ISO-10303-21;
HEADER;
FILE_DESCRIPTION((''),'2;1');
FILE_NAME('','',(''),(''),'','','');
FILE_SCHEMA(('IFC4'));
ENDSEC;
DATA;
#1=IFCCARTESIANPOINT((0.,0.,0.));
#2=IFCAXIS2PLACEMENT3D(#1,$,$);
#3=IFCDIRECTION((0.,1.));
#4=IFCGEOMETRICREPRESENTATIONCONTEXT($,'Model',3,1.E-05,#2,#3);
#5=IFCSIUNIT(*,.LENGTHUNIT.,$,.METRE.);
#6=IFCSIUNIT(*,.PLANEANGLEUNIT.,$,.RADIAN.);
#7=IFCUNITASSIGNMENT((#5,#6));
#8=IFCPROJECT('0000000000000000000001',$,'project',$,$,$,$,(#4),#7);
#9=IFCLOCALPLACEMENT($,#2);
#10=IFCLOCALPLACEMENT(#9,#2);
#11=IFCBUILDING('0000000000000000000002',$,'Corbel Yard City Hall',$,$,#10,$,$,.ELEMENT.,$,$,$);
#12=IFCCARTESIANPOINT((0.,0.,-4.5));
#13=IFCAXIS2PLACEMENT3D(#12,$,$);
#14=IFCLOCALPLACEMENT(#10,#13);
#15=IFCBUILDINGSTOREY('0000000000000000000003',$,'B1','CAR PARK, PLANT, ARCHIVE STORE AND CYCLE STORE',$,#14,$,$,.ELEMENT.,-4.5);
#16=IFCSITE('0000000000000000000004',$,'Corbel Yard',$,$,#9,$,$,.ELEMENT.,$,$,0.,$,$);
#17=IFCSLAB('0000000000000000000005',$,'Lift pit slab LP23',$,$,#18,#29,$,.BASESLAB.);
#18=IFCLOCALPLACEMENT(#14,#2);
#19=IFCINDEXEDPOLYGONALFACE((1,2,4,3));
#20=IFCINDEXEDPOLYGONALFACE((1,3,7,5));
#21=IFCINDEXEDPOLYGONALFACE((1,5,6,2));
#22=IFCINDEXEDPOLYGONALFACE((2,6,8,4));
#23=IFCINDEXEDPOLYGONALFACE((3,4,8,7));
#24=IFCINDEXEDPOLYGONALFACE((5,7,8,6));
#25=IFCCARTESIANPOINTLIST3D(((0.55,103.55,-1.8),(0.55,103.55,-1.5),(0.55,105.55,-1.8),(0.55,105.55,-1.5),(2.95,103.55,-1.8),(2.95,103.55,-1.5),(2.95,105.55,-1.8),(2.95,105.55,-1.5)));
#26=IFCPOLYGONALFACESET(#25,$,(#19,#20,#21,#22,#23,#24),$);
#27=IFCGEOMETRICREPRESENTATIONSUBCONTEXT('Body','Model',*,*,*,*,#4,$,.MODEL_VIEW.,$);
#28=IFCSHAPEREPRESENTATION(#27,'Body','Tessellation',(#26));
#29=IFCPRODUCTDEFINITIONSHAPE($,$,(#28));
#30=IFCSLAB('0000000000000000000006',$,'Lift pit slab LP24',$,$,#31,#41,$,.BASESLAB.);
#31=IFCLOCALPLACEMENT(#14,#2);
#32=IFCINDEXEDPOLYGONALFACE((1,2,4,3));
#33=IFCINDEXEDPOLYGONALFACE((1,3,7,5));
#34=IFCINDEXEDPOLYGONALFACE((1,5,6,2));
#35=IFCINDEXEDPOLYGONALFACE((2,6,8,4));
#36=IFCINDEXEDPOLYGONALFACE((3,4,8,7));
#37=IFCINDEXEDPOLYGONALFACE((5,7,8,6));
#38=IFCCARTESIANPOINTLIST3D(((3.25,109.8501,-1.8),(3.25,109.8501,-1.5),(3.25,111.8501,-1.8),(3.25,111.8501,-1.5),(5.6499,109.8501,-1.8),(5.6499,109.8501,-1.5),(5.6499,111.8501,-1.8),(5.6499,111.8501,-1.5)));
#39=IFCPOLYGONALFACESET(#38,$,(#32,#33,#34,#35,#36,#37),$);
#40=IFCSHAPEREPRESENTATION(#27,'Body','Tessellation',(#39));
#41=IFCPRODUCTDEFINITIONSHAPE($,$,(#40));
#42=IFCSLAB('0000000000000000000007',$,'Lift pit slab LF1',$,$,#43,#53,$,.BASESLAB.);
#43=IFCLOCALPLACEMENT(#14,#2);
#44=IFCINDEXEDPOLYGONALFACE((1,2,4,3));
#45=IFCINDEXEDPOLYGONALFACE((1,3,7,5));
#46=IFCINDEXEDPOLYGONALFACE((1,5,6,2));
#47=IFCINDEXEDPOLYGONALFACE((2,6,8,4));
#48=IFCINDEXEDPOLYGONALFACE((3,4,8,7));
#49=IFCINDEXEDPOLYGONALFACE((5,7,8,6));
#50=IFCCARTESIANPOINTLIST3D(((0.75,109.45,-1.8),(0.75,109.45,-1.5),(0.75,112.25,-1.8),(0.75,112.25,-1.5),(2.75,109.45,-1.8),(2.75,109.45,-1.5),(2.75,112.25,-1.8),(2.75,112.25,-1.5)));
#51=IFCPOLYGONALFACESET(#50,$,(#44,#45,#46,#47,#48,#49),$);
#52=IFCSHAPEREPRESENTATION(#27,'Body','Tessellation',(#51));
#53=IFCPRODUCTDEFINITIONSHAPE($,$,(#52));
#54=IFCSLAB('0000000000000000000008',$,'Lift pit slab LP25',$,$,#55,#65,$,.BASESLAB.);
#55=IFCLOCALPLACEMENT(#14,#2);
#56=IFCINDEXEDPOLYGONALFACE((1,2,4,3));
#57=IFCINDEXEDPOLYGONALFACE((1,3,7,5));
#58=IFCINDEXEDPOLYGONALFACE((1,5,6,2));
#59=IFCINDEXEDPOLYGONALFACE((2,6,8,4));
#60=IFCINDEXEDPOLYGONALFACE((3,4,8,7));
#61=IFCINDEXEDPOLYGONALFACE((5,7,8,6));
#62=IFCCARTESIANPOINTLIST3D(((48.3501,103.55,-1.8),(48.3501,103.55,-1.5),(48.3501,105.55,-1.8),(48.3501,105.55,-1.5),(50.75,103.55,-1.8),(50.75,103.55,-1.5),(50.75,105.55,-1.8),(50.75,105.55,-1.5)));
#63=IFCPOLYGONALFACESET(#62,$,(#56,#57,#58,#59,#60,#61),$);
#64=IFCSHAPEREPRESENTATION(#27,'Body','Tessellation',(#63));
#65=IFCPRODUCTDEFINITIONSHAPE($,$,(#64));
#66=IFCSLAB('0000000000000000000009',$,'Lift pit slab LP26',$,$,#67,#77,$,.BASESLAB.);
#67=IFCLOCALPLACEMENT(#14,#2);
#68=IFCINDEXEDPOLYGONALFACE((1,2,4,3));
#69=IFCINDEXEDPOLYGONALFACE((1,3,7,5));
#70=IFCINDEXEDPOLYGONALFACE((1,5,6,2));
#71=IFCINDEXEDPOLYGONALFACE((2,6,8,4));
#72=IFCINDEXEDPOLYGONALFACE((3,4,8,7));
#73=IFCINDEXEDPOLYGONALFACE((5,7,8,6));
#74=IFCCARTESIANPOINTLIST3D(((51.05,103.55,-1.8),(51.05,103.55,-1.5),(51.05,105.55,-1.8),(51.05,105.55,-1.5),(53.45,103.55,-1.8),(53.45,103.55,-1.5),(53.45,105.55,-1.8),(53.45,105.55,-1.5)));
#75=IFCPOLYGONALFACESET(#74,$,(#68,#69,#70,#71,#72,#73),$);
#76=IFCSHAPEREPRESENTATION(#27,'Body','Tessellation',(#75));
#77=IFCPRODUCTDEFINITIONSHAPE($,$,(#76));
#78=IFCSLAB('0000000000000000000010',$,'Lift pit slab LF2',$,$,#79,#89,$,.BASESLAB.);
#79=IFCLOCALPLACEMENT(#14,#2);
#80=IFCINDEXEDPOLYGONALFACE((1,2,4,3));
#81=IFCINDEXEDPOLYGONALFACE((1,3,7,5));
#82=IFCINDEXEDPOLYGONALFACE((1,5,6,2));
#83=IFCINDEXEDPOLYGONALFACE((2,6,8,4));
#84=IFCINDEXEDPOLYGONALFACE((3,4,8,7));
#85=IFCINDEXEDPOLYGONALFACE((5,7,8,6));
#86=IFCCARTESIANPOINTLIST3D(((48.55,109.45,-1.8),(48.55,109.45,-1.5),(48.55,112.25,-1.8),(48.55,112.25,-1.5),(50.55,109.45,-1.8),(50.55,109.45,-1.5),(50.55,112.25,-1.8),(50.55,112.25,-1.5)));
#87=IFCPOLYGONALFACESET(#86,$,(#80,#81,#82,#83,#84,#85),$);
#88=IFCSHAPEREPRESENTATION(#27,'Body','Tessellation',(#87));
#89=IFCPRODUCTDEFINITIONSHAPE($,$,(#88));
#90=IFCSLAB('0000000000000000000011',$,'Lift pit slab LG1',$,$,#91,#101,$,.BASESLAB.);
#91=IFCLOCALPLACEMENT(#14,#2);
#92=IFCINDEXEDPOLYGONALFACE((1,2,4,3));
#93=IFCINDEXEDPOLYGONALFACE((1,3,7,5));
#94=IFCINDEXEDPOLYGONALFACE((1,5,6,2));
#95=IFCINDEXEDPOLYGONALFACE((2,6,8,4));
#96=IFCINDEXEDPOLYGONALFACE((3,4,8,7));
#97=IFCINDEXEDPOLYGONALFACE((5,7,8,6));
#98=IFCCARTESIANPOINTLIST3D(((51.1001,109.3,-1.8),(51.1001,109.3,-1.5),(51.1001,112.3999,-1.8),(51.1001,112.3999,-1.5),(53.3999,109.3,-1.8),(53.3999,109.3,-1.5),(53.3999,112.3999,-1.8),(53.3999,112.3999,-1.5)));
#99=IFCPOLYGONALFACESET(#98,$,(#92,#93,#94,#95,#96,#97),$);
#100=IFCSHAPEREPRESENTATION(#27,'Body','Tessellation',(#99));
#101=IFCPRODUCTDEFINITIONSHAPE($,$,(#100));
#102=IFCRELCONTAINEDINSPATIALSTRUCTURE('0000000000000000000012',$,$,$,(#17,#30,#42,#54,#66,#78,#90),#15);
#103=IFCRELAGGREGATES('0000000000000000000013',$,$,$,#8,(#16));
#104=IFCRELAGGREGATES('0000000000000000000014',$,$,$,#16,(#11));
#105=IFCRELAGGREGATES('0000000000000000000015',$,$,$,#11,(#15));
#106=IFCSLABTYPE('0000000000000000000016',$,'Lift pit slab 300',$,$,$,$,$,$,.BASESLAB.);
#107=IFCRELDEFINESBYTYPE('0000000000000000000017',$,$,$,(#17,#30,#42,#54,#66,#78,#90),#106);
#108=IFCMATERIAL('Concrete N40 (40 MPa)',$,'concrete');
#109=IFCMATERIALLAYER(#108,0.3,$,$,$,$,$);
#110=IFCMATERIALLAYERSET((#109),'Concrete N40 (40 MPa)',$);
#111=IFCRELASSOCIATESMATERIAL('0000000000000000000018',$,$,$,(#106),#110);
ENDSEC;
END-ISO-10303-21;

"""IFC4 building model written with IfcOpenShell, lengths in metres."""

from ifc_helpers import new_model, si_unit, direction, frame, origin, place, context, subcontext, project, spatial, polyline, outline, extrude, material, layer, layer_set, type_object, element, save


model = new_model("IFC4")

# Units and contexts
model_context = context("Model", 3, precision=1e-05, world=origin(), true_north=direction((0.0, 1.0)))
body_context = subcontext(model_context, "Body", "Model", "MODEL_VIEW")
ifc_project = project(units=[si_unit("LENGTHUNIT", "METRE"), si_unit("PLANEANGLEUNIT", "RADIAN")], contexts=[model_context])

# Site, building, storey
site_placement = place(None, origin())
site = spatial("IfcSite", under=ifc_project, at=site_placement, Name="Corbel Yard", CompositionType="ELEMENT", RefElevation=0.0)
building_placement = place(site_placement, origin())
building = spatial("IfcBuilding", under=site, at=building_placement, Name="Corbel Yard City Hall", CompositionType="ELEMENT")
storey_placement = place(building_placement, frame((0.0, 0.0, -4.5)))
storey = spatial("IfcBuildingStorey", under=building, at=storey_placement, Name="B1", Description="CAR PARK, PLANT, ARCHIVE STORE AND CYCLE STORE", CompositionType="ELEMENT", Elevation=-4.5)

# Shared definitions
ifc_material = material(Name="Concrete N40 (40 MPa)", Category="concrete")

# Slabs
ifc_layer_1 = layer(ifc_material, 0.3)
ifc_layer_set_1 = layer_set([ifc_layer_1], Name="Concrete N40 (40 MPa)")
slab_type_1 = type_object("IfcSlabType", Name="Lift pit slab 300", PredefinedType="BASESLAB", material=ifc_layer_set_1)
slab_1_placement = place(storey_placement, frame((0.0, 0.0, -1.8)))
element("IfcSlab", 1, at=slab_1_placement, inside=storey, type_object=slab_type_1, Name="Lift pit slab LP23", PredefinedType="BASESLAB", context=body_context, shape_type="SweptSolid", body=[
    extrude(outline(polyline([(2.95, 103.55), (2.95, 105.55), (0.55, 105.55), (0.55, 103.55), (2.95, 103.55)])), origin(), (0.0, 0.0, 1.0), 0.3),
])
slab_2_placement = place(storey_placement, frame((0.0, 0.0, -1.8)))
element("IfcSlab", 2, at=slab_2_placement, inside=storey, type_object=slab_type_1, Name="Lift pit slab LP24", PredefinedType="BASESLAB", context=body_context, shape_type="SweptSolid", body=[
    extrude(outline(polyline([(5.6499, 109.8501), (5.6499, 111.8501), (3.25, 111.8501), (3.25, 109.8501), (5.6499, 109.8501)])), origin(), (0.0, 0.0, 1.0), 0.3),
])
slab_3_placement = place(storey_placement, frame((0.0, 0.0, -1.8)))
element("IfcSlab", 3, at=slab_3_placement, inside=storey, type_object=slab_type_1, Name="Lift pit slab LF1", PredefinedType="BASESLAB", context=body_context, shape_type="SweptSolid", body=[
    extrude(outline(polyline([(2.75, 109.45), (2.75, 112.25), (0.75, 112.25), (0.75, 109.45), (2.75, 109.45)])), origin(), (0.0, 0.0, 1.0), 0.3),
])
slab_4_placement = place(storey_placement, frame((0.0, 0.0, -1.8)))
element("IfcSlab", 4, at=slab_4_placement, inside=storey, type_object=slab_type_1, Name="Lift pit slab LP25", PredefinedType="BASESLAB", context=body_context, shape_type="SweptSolid", body=[
    extrude(outline(polyline([(50.75, 103.55), (50.75, 105.55), (48.3501, 105.55), (48.3501, 103.55), (50.75, 103.55)])), origin(), (0.0, 0.0, 1.0), 0.3),
])
slab_5_placement = place(storey_placement, frame((0.0, 0.0, -1.8)))
element("IfcSlab", 5, at=slab_5_placement, inside=storey, type_object=slab_type_1, Name="Lift pit slab LP26", PredefinedType="BASESLAB", context=body_context, shape_type="SweptSolid", body=[
    extrude(outline(polyline([(53.45, 103.55), (53.45, 105.55), (51.05, 105.55), (51.05, 103.55), (53.45, 103.55)])), origin(), (0.0, 0.0, 1.0), 0.3),
])
slab_6_placement = place(storey_placement, frame((0.0, 0.0, -1.8)))
element("IfcSlab", 6, at=slab_6_placement, inside=storey, type_object=slab_type_1, Name="Lift pit slab LF2", PredefinedType="BASESLAB", context=body_context, shape_type="SweptSolid", body=[
    extrude(outline(polyline([(50.55, 109.45), (50.55, 112.25), (48.55, 112.25), (48.55, 109.45), (50.55, 109.45)])), origin(), (0.0, 0.0, 1.0), 0.3),
])
slab_7_placement = place(storey_placement, frame((0.0, 0.0, -1.8)))
element("IfcSlab", 7, at=slab_7_placement, inside=storey, type_object=slab_type_1, Name="Lift pit slab LG1", PredefinedType="BASESLAB", context=body_context, shape_type="SweptSolid", body=[
    extrude(outline(polyline([(53.3999, 109.3), (53.3999, 112.3999), (51.1001, 112.3999), (51.1001, 109.3), (53.3999, 109.3)])), origin(), (0.0, 0.0, 1.0), 0.3),
])

save(model, "model.ifc")
